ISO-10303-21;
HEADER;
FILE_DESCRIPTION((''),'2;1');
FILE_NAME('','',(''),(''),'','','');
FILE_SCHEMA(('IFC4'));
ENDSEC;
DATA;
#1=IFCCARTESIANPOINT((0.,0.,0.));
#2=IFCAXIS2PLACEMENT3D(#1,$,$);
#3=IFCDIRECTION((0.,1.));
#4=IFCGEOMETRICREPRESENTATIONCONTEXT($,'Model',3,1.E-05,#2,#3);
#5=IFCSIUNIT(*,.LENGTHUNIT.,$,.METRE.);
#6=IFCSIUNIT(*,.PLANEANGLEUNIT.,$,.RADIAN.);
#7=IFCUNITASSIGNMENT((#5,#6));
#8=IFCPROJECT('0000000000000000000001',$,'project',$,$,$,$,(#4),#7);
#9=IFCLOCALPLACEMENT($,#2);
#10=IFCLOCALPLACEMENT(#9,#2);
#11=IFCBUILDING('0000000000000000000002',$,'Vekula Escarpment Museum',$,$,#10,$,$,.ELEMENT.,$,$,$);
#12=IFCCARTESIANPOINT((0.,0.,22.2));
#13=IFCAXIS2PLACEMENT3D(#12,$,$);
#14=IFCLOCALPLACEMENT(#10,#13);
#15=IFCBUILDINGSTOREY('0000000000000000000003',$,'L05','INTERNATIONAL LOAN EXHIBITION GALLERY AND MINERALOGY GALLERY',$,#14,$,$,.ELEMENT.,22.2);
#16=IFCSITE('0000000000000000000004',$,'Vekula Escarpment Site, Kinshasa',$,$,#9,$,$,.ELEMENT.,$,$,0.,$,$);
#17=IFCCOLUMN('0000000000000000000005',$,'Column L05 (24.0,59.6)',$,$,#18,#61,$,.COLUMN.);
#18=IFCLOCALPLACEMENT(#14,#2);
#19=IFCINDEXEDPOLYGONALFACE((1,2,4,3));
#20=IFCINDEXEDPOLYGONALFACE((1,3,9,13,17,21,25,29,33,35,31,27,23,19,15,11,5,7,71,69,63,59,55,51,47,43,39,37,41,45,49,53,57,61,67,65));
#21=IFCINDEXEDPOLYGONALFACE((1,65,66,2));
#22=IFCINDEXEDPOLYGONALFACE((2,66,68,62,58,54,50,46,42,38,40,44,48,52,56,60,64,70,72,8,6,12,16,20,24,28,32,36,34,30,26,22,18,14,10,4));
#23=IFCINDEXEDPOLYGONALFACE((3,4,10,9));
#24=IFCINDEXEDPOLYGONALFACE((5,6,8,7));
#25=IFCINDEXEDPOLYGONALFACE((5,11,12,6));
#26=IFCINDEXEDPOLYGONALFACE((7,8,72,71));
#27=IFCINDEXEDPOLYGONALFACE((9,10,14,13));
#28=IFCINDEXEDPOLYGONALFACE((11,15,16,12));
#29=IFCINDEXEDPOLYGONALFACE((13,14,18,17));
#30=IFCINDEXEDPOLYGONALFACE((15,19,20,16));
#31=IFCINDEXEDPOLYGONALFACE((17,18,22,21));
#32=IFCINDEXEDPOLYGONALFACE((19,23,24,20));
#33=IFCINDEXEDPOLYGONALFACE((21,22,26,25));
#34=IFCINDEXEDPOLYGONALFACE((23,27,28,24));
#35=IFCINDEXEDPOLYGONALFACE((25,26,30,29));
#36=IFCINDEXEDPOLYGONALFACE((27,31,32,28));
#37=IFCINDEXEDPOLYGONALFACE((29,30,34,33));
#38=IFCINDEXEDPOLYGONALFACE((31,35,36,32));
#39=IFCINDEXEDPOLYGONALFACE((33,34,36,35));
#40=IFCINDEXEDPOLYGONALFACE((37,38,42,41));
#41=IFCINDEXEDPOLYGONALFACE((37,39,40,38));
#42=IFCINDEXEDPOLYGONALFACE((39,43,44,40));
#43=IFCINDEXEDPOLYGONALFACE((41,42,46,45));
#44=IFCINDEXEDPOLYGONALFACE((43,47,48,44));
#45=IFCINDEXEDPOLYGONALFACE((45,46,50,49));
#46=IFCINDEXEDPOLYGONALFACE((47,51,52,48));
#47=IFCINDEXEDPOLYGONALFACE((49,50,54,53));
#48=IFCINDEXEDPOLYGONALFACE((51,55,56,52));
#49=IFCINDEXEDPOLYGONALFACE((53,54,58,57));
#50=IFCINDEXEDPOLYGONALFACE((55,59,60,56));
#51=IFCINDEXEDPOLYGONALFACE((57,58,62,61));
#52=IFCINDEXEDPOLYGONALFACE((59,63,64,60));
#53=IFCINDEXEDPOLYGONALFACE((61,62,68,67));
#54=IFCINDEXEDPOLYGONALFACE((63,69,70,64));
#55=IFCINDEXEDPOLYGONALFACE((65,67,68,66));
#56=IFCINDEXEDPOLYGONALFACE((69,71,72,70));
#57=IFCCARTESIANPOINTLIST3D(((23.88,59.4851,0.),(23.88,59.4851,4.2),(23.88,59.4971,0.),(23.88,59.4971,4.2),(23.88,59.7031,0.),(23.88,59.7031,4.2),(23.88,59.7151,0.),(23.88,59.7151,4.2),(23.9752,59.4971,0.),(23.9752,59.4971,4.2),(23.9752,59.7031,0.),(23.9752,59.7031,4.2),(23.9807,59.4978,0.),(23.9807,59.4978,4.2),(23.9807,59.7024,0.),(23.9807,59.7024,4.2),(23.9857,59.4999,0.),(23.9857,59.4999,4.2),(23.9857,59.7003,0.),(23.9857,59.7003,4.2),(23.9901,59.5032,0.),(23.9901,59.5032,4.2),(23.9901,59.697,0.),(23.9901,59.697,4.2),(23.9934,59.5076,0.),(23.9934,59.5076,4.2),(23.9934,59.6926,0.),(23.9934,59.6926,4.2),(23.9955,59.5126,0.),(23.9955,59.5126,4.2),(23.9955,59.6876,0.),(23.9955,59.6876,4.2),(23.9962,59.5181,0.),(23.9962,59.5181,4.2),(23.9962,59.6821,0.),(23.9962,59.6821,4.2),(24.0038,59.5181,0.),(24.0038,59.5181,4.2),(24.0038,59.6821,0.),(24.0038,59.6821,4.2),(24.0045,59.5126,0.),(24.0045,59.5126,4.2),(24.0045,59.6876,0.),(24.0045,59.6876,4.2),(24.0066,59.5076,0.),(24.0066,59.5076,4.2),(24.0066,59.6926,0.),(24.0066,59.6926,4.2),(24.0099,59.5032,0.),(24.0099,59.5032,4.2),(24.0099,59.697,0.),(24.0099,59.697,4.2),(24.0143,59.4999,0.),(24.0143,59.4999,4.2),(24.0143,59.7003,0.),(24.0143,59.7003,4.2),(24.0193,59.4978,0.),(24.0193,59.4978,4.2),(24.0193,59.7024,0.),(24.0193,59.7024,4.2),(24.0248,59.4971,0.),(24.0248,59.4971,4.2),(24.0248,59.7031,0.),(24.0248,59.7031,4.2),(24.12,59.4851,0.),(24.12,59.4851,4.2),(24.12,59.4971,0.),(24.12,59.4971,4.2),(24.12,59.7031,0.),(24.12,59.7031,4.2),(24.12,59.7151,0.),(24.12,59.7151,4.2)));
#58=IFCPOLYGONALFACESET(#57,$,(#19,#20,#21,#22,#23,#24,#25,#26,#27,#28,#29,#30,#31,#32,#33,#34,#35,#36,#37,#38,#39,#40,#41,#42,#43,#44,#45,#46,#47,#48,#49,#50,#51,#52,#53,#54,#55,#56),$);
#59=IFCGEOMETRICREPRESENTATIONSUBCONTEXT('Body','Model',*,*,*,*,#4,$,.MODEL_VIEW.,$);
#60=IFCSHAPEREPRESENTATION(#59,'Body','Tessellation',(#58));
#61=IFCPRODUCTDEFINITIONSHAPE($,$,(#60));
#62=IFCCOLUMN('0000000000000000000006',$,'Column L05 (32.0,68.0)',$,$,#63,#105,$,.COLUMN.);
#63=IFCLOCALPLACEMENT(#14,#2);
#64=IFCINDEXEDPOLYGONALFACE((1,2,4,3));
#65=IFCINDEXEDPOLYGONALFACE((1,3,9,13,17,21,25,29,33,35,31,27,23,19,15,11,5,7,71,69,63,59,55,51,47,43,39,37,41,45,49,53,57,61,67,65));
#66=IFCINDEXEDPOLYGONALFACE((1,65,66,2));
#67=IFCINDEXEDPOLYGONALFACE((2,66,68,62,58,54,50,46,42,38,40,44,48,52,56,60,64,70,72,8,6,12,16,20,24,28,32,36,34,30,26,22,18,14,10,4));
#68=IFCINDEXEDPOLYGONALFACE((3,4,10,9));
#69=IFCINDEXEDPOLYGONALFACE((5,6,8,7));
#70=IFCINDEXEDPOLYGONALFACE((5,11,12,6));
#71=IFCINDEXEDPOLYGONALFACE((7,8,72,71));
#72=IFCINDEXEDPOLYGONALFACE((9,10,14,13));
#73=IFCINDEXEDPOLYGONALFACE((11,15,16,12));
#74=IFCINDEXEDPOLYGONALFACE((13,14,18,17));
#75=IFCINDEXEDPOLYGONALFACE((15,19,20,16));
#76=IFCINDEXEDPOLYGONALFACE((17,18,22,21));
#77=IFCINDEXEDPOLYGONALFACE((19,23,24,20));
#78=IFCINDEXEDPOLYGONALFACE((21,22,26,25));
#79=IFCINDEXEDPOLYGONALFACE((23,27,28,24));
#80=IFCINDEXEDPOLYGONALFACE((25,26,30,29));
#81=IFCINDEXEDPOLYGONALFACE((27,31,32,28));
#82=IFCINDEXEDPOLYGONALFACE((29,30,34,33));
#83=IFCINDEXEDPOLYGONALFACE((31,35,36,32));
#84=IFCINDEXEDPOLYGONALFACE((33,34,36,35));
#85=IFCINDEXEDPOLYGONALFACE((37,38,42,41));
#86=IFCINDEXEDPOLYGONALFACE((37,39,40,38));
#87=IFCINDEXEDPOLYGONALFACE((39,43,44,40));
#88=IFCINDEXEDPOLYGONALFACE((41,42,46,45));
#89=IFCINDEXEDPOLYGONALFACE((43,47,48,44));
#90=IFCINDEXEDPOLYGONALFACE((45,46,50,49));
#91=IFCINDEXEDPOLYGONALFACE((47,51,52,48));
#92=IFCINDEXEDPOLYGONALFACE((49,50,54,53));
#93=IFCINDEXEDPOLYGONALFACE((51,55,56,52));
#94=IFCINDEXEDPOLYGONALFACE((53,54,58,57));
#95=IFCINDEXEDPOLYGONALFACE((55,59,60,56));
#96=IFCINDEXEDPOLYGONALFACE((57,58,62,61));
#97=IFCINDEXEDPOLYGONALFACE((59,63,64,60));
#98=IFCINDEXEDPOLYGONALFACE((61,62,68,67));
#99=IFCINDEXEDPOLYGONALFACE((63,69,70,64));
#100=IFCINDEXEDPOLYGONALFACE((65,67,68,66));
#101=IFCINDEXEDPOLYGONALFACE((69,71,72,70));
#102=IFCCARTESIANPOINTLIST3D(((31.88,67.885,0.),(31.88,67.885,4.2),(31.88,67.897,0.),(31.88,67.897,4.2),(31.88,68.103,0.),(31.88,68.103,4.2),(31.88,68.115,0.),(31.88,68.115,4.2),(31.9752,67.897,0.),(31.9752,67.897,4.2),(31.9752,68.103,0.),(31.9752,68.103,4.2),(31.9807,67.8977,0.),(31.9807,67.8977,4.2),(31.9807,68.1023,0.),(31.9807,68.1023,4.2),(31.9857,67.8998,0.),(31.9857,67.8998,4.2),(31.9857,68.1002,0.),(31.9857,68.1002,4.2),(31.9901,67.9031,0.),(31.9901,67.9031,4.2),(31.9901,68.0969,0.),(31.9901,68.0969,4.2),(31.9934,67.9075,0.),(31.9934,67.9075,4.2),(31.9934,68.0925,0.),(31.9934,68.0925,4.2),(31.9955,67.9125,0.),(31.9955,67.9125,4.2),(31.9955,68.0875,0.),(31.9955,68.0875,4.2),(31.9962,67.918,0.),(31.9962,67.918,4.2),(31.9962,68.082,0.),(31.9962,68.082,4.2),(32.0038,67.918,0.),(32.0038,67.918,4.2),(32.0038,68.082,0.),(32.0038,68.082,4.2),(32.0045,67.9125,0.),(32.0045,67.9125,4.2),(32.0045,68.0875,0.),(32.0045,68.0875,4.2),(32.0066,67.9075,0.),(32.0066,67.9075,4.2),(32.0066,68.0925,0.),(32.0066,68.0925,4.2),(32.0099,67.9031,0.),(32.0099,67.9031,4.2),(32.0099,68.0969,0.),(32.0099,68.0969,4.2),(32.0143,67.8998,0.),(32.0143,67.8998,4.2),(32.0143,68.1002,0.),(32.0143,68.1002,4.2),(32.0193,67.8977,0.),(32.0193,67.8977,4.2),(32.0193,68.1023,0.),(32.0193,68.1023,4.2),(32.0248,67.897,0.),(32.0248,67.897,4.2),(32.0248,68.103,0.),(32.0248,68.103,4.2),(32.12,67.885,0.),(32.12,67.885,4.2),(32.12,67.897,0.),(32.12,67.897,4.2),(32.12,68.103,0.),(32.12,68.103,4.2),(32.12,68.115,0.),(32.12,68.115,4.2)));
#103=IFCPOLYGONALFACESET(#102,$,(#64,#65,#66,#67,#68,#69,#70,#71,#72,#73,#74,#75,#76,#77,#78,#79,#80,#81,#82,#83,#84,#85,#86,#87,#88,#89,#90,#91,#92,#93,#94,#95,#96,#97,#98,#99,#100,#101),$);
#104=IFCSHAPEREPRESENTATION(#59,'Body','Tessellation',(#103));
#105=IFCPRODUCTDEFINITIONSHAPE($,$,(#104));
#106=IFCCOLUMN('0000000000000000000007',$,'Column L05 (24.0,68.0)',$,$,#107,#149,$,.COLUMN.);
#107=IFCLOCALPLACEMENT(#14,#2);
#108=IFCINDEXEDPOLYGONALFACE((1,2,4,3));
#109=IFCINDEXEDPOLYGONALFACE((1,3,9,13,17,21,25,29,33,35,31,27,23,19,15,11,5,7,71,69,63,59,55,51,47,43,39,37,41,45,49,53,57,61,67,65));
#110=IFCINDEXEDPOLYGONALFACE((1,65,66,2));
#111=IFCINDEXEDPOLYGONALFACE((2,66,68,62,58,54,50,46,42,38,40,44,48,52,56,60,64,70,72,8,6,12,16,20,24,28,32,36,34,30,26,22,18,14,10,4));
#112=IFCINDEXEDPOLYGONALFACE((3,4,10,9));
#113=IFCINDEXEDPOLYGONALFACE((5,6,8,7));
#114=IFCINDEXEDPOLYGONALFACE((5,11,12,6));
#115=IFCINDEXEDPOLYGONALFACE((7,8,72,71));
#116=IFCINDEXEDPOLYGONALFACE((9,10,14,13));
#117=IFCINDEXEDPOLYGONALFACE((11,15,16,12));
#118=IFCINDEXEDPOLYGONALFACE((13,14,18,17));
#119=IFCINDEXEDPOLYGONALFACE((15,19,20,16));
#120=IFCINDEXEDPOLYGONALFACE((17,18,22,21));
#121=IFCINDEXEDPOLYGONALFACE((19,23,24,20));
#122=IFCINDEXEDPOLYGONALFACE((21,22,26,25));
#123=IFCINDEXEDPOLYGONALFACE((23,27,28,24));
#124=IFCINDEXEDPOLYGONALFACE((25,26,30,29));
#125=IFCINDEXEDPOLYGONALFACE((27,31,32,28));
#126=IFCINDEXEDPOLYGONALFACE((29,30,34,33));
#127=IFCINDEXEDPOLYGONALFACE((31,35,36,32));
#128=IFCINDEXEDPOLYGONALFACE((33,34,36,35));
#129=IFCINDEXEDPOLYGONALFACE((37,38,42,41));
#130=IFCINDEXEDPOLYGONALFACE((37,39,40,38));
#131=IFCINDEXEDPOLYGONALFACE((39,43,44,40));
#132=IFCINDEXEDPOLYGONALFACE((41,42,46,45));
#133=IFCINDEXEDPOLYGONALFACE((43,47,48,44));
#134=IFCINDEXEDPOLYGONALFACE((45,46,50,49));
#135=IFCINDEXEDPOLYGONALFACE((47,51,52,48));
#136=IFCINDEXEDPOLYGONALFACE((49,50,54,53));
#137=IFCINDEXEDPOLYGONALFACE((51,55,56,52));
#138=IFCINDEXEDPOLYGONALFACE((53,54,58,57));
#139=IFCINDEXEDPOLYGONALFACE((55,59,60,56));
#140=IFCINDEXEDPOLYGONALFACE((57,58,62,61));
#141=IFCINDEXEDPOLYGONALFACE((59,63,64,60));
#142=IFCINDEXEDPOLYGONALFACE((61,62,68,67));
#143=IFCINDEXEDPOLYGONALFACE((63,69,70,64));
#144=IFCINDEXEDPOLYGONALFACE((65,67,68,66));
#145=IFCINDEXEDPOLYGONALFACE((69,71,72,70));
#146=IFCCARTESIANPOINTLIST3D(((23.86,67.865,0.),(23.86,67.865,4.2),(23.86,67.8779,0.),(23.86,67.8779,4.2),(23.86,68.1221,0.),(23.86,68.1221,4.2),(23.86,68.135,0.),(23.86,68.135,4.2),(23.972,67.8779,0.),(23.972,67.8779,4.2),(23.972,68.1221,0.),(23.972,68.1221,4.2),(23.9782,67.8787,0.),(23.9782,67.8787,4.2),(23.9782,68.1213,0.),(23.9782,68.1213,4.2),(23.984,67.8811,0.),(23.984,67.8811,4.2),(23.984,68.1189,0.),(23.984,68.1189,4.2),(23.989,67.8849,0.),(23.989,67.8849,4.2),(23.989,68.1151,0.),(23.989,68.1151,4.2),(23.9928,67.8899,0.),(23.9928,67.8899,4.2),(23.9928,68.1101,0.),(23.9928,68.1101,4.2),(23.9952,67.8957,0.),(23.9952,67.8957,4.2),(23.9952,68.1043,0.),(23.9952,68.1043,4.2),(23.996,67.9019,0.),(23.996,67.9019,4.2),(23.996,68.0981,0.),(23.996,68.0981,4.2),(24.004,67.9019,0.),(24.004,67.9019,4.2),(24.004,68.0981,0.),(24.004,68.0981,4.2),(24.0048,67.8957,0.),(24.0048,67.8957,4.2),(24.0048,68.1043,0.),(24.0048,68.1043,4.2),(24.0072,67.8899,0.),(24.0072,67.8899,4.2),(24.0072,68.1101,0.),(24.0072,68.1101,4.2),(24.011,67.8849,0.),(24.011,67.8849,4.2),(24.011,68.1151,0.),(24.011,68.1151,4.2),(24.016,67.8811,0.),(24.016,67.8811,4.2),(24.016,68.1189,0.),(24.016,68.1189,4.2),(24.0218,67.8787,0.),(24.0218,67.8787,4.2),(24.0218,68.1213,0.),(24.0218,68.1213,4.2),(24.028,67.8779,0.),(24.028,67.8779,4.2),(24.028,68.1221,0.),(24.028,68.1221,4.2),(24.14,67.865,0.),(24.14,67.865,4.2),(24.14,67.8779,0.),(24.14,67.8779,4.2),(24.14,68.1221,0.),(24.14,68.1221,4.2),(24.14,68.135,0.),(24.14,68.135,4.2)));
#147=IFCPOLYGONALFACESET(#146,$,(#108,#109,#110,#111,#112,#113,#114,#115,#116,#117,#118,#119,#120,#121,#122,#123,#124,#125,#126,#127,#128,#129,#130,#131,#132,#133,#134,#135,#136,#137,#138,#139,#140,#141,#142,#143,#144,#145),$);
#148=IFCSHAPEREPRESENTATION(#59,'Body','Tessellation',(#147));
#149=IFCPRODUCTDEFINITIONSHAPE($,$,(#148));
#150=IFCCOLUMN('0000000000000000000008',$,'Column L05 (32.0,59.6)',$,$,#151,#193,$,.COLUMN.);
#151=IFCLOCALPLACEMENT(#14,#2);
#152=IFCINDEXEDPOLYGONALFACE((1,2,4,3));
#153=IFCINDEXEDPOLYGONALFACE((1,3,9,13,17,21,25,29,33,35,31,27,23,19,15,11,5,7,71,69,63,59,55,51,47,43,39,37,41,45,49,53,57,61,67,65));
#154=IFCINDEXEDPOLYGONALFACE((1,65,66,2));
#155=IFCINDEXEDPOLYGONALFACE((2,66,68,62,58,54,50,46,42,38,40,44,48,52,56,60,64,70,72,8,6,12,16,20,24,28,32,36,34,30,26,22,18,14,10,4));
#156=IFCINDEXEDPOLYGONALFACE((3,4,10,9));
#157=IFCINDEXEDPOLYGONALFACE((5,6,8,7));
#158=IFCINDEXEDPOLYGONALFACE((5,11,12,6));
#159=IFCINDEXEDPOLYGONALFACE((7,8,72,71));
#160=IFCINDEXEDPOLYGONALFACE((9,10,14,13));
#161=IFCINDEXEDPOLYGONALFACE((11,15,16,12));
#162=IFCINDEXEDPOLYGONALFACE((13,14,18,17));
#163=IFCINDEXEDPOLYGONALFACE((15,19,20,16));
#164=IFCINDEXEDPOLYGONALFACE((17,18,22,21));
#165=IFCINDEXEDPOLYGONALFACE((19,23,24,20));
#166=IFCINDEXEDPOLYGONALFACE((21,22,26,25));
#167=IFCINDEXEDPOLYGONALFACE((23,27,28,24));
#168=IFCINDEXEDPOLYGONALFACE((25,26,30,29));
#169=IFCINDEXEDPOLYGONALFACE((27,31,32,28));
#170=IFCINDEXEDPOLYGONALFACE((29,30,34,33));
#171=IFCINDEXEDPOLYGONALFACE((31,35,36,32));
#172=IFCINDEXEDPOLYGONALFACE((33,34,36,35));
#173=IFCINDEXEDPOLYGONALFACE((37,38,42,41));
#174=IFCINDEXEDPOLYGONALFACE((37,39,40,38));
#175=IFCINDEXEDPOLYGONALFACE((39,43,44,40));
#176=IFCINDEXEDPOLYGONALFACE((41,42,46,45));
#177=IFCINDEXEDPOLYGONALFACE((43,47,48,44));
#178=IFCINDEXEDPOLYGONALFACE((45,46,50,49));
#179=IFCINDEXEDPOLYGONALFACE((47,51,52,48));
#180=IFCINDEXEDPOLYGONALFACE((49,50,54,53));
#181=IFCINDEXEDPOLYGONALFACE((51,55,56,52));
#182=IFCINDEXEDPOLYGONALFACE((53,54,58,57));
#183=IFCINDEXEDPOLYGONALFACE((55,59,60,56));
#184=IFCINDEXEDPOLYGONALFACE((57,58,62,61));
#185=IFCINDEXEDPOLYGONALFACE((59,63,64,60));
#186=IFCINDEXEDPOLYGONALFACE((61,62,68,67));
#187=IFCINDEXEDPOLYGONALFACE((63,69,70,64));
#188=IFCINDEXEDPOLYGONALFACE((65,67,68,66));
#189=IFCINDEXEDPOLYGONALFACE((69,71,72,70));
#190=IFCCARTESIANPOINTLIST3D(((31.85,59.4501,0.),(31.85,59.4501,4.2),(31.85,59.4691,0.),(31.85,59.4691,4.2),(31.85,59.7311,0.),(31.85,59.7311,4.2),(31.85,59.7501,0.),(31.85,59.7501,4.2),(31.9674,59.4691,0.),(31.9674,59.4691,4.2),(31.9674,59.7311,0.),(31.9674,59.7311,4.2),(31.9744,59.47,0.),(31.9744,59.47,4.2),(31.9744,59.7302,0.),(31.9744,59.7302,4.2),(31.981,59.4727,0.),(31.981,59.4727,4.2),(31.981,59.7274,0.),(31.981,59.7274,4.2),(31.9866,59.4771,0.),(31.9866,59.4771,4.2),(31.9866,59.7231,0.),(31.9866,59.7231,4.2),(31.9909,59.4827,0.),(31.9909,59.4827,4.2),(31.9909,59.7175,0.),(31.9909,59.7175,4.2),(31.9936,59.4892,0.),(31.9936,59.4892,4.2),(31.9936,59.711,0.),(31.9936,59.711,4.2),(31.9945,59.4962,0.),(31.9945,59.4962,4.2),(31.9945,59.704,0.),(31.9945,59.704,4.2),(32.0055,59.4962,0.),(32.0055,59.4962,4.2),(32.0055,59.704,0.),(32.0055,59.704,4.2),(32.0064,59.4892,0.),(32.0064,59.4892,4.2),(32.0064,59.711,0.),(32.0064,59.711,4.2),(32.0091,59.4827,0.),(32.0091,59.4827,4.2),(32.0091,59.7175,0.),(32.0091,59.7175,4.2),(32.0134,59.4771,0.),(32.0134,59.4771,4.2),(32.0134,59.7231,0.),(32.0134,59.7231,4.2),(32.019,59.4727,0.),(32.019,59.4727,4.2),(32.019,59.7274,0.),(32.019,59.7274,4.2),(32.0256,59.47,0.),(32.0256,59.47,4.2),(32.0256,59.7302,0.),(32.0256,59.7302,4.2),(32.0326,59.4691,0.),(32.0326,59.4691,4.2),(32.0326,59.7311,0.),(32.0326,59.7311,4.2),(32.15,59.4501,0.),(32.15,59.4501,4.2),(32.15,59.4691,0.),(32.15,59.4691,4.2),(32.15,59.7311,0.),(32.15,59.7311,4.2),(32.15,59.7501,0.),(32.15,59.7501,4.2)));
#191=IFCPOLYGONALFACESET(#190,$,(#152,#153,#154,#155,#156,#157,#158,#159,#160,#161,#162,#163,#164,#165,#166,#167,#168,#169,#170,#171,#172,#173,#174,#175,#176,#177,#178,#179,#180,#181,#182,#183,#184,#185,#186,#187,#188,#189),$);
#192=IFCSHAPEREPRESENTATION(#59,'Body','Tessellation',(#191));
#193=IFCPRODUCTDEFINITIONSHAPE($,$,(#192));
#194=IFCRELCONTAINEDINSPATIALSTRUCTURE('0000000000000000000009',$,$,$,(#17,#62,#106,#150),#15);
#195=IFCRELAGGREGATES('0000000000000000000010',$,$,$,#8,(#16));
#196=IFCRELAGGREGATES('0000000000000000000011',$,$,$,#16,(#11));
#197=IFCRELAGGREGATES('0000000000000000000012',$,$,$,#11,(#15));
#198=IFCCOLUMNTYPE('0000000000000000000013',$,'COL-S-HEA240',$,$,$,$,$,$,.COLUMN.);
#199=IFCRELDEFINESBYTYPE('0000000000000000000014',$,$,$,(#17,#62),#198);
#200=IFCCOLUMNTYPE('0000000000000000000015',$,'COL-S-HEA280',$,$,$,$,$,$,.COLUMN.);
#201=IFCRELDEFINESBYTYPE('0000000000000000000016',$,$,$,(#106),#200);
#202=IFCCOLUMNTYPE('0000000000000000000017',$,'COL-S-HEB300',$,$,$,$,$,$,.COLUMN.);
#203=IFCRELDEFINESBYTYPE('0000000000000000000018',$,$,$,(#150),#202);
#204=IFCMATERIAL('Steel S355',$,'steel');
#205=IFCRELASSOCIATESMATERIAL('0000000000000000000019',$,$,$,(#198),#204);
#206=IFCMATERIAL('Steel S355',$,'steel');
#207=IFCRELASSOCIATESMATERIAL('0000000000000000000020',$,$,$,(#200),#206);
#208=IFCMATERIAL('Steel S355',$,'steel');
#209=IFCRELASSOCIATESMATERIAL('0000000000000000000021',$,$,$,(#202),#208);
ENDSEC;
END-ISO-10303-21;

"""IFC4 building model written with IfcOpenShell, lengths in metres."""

from ifc_helpers import new_model, si_unit, direction, frame, origin, origin_2d, place, context, subcontext, project, spatial, i_section, extrude, material, material_profile, profile_set, type_object, element, save


model = new_model("IFC4")

# Units and contexts
model_context = context("Model", 3, precision=1e-05, world=origin(), true_north=direction((0.0, 1.0)))
body_context = subcontext(model_context, "Body", "Model", "MODEL_VIEW")
ifc_project = project(units=[si_unit("LENGTHUNIT", "METRE"), si_unit("PLANEANGLEUNIT", "RADIAN")], contexts=[model_context])

# Site, building, storey
site_placement = place(None, origin())
site = spatial("IfcSite", under=ifc_project, at=site_placement, Name="Vekula Escarpment Site, Kinshasa", CompositionType="ELEMENT", RefElevation=0.0)
building_placement = place(site_placement, origin())
building = spatial("IfcBuilding", under=site, at=building_placement, Name="Vekula Escarpment Museum", CompositionType="ELEMENT")
storey_placement = place(building_placement, frame((0.0, 0.0, 22.2)))
storey = spatial("IfcBuildingStorey", under=building, at=storey_placement, Name="L05", Description="INTERNATIONAL LOAN EXHIBITION GALLERY AND MINERALOGY GALLERY", CompositionType="ELEMENT", Elevation=22.2)

# Columns
ifc_material_1 = material(Name="Steel S355", Category="steel")
ifc_material_profile_1 = material_profile(ifc_material_1, i_section(OverallWidth=0.24, OverallDepth=0.23, WebThickness=0.0076, FlangeThickness=0.012, FilletRadius=0.021, at=origin_2d()), Name="HEA 240")
ifc_profile_set_1 = profile_set([ifc_material_profile_1], Name="Steel S355")
column_type_1 = type_object("IfcColumnType", Name="COL-S-HEA240", PredefinedType="COLUMN", material=ifc_profile_set_1)
for number, where, z_axis, x_axis, name in (
    (1, (24.0, 59.6001, 0.0), (0.0, 0.0, 1.0), (1.0, 0.0, 0.0), "Column L05 (24.0,59.6)"),
    (2, (32.0, 68.0, 0.0), (0.0, 0.0, 1.0), (1.0, 0.0, 0.0), "Column L05 (32.0,68.0)"),
):
    element("IfcColumn", number, at=place(storey_placement, frame(where, z_axis=z_axis, x_axis=x_axis)), inside=storey, type_object=column_type_1, Name=name, PredefinedType="COLUMN", context=body_context, shape_type="SweptSolid", body=[
        extrude(i_section(OverallWidth=0.24, OverallDepth=0.23, WebThickness=0.0076, FlangeThickness=0.012, FilletRadius=0.021, at=origin_2d()), origin(), (0.0, 0.0, 1.0), 4.2),
    ])
ifc_material_2 = material(Name="Steel S355", Category="steel")
ifc_material_profile_2 = material_profile(ifc_material_2, i_section(OverallWidth=0.28, OverallDepth=0.27, WebThickness=0.0081, FlangeThickness=0.0129, FilletRadius=0.0239, at=origin_2d()), Name="HEA 280")
ifc_profile_set_2 = profile_set([ifc_material_profile_2], Name="Steel S355")
column_type_2 = type_object("IfcColumnType", Name="COL-S-HEA280", PredefinedType="COLUMN", material=ifc_profile_set_2)
column_1_placement = place(storey_placement, frame((24.0, 68.0, 0.0), z_axis=(0.0, 0.0, 1.0), x_axis=(1.0, 0.0, 0.0)))
element("IfcColumn", 3, at=column_1_placement, inside=storey, type_object=column_type_2, Name="Column L05 (24.0,68.0)", PredefinedType="COLUMN", context=body_context, shape_type="SweptSolid", body=[
    extrude(i_section(OverallWidth=0.28, OverallDepth=0.27, WebThickness=0.0081, FlangeThickness=0.0129, FilletRadius=0.0239, at=origin_2d()), origin(), (0.0, 0.0, 1.0), 4.2),
])
ifc_material_3 = material(Name="Steel S355", Category="steel")
ifc_material_profile_3 = material_profile(ifc_material_3, i_section(OverallWidth=0.3, OverallDepth=0.3, WebThickness=0.011, FlangeThickness=0.019, FilletRadius=0.0271, at=origin_2d()), Name="HEB 300")
ifc_profile_set_3 = profile_set([ifc_material_profile_3], Name="Steel S355")
column_type_3 = type_object("IfcColumnType", Name="COL-S-HEB300", PredefinedType="COLUMN", material=ifc_profile_set_3)
column_2_placement = place(storey_placement, frame((32.0, 59.6001, 0.0), z_axis=(0.0, 0.0, 1.0), x_axis=(1.0, 0.0, 0.0)))
element("IfcColumn", 4, at=column_2_placement, inside=storey, type_object=column_type_3, Name="Column L05 (32.0,59.6)", PredefinedType="COLUMN", context=body_context, shape_type="SweptSolid", body=[
    extrude(i_section(OverallWidth=0.3, OverallDepth=0.3, WebThickness=0.011, FlangeThickness=0.019, FilletRadius=0.0271, at=origin_2d()), origin(), (0.0, 0.0, 1.0), 4.2),
])

save(model, "model.ifc")
